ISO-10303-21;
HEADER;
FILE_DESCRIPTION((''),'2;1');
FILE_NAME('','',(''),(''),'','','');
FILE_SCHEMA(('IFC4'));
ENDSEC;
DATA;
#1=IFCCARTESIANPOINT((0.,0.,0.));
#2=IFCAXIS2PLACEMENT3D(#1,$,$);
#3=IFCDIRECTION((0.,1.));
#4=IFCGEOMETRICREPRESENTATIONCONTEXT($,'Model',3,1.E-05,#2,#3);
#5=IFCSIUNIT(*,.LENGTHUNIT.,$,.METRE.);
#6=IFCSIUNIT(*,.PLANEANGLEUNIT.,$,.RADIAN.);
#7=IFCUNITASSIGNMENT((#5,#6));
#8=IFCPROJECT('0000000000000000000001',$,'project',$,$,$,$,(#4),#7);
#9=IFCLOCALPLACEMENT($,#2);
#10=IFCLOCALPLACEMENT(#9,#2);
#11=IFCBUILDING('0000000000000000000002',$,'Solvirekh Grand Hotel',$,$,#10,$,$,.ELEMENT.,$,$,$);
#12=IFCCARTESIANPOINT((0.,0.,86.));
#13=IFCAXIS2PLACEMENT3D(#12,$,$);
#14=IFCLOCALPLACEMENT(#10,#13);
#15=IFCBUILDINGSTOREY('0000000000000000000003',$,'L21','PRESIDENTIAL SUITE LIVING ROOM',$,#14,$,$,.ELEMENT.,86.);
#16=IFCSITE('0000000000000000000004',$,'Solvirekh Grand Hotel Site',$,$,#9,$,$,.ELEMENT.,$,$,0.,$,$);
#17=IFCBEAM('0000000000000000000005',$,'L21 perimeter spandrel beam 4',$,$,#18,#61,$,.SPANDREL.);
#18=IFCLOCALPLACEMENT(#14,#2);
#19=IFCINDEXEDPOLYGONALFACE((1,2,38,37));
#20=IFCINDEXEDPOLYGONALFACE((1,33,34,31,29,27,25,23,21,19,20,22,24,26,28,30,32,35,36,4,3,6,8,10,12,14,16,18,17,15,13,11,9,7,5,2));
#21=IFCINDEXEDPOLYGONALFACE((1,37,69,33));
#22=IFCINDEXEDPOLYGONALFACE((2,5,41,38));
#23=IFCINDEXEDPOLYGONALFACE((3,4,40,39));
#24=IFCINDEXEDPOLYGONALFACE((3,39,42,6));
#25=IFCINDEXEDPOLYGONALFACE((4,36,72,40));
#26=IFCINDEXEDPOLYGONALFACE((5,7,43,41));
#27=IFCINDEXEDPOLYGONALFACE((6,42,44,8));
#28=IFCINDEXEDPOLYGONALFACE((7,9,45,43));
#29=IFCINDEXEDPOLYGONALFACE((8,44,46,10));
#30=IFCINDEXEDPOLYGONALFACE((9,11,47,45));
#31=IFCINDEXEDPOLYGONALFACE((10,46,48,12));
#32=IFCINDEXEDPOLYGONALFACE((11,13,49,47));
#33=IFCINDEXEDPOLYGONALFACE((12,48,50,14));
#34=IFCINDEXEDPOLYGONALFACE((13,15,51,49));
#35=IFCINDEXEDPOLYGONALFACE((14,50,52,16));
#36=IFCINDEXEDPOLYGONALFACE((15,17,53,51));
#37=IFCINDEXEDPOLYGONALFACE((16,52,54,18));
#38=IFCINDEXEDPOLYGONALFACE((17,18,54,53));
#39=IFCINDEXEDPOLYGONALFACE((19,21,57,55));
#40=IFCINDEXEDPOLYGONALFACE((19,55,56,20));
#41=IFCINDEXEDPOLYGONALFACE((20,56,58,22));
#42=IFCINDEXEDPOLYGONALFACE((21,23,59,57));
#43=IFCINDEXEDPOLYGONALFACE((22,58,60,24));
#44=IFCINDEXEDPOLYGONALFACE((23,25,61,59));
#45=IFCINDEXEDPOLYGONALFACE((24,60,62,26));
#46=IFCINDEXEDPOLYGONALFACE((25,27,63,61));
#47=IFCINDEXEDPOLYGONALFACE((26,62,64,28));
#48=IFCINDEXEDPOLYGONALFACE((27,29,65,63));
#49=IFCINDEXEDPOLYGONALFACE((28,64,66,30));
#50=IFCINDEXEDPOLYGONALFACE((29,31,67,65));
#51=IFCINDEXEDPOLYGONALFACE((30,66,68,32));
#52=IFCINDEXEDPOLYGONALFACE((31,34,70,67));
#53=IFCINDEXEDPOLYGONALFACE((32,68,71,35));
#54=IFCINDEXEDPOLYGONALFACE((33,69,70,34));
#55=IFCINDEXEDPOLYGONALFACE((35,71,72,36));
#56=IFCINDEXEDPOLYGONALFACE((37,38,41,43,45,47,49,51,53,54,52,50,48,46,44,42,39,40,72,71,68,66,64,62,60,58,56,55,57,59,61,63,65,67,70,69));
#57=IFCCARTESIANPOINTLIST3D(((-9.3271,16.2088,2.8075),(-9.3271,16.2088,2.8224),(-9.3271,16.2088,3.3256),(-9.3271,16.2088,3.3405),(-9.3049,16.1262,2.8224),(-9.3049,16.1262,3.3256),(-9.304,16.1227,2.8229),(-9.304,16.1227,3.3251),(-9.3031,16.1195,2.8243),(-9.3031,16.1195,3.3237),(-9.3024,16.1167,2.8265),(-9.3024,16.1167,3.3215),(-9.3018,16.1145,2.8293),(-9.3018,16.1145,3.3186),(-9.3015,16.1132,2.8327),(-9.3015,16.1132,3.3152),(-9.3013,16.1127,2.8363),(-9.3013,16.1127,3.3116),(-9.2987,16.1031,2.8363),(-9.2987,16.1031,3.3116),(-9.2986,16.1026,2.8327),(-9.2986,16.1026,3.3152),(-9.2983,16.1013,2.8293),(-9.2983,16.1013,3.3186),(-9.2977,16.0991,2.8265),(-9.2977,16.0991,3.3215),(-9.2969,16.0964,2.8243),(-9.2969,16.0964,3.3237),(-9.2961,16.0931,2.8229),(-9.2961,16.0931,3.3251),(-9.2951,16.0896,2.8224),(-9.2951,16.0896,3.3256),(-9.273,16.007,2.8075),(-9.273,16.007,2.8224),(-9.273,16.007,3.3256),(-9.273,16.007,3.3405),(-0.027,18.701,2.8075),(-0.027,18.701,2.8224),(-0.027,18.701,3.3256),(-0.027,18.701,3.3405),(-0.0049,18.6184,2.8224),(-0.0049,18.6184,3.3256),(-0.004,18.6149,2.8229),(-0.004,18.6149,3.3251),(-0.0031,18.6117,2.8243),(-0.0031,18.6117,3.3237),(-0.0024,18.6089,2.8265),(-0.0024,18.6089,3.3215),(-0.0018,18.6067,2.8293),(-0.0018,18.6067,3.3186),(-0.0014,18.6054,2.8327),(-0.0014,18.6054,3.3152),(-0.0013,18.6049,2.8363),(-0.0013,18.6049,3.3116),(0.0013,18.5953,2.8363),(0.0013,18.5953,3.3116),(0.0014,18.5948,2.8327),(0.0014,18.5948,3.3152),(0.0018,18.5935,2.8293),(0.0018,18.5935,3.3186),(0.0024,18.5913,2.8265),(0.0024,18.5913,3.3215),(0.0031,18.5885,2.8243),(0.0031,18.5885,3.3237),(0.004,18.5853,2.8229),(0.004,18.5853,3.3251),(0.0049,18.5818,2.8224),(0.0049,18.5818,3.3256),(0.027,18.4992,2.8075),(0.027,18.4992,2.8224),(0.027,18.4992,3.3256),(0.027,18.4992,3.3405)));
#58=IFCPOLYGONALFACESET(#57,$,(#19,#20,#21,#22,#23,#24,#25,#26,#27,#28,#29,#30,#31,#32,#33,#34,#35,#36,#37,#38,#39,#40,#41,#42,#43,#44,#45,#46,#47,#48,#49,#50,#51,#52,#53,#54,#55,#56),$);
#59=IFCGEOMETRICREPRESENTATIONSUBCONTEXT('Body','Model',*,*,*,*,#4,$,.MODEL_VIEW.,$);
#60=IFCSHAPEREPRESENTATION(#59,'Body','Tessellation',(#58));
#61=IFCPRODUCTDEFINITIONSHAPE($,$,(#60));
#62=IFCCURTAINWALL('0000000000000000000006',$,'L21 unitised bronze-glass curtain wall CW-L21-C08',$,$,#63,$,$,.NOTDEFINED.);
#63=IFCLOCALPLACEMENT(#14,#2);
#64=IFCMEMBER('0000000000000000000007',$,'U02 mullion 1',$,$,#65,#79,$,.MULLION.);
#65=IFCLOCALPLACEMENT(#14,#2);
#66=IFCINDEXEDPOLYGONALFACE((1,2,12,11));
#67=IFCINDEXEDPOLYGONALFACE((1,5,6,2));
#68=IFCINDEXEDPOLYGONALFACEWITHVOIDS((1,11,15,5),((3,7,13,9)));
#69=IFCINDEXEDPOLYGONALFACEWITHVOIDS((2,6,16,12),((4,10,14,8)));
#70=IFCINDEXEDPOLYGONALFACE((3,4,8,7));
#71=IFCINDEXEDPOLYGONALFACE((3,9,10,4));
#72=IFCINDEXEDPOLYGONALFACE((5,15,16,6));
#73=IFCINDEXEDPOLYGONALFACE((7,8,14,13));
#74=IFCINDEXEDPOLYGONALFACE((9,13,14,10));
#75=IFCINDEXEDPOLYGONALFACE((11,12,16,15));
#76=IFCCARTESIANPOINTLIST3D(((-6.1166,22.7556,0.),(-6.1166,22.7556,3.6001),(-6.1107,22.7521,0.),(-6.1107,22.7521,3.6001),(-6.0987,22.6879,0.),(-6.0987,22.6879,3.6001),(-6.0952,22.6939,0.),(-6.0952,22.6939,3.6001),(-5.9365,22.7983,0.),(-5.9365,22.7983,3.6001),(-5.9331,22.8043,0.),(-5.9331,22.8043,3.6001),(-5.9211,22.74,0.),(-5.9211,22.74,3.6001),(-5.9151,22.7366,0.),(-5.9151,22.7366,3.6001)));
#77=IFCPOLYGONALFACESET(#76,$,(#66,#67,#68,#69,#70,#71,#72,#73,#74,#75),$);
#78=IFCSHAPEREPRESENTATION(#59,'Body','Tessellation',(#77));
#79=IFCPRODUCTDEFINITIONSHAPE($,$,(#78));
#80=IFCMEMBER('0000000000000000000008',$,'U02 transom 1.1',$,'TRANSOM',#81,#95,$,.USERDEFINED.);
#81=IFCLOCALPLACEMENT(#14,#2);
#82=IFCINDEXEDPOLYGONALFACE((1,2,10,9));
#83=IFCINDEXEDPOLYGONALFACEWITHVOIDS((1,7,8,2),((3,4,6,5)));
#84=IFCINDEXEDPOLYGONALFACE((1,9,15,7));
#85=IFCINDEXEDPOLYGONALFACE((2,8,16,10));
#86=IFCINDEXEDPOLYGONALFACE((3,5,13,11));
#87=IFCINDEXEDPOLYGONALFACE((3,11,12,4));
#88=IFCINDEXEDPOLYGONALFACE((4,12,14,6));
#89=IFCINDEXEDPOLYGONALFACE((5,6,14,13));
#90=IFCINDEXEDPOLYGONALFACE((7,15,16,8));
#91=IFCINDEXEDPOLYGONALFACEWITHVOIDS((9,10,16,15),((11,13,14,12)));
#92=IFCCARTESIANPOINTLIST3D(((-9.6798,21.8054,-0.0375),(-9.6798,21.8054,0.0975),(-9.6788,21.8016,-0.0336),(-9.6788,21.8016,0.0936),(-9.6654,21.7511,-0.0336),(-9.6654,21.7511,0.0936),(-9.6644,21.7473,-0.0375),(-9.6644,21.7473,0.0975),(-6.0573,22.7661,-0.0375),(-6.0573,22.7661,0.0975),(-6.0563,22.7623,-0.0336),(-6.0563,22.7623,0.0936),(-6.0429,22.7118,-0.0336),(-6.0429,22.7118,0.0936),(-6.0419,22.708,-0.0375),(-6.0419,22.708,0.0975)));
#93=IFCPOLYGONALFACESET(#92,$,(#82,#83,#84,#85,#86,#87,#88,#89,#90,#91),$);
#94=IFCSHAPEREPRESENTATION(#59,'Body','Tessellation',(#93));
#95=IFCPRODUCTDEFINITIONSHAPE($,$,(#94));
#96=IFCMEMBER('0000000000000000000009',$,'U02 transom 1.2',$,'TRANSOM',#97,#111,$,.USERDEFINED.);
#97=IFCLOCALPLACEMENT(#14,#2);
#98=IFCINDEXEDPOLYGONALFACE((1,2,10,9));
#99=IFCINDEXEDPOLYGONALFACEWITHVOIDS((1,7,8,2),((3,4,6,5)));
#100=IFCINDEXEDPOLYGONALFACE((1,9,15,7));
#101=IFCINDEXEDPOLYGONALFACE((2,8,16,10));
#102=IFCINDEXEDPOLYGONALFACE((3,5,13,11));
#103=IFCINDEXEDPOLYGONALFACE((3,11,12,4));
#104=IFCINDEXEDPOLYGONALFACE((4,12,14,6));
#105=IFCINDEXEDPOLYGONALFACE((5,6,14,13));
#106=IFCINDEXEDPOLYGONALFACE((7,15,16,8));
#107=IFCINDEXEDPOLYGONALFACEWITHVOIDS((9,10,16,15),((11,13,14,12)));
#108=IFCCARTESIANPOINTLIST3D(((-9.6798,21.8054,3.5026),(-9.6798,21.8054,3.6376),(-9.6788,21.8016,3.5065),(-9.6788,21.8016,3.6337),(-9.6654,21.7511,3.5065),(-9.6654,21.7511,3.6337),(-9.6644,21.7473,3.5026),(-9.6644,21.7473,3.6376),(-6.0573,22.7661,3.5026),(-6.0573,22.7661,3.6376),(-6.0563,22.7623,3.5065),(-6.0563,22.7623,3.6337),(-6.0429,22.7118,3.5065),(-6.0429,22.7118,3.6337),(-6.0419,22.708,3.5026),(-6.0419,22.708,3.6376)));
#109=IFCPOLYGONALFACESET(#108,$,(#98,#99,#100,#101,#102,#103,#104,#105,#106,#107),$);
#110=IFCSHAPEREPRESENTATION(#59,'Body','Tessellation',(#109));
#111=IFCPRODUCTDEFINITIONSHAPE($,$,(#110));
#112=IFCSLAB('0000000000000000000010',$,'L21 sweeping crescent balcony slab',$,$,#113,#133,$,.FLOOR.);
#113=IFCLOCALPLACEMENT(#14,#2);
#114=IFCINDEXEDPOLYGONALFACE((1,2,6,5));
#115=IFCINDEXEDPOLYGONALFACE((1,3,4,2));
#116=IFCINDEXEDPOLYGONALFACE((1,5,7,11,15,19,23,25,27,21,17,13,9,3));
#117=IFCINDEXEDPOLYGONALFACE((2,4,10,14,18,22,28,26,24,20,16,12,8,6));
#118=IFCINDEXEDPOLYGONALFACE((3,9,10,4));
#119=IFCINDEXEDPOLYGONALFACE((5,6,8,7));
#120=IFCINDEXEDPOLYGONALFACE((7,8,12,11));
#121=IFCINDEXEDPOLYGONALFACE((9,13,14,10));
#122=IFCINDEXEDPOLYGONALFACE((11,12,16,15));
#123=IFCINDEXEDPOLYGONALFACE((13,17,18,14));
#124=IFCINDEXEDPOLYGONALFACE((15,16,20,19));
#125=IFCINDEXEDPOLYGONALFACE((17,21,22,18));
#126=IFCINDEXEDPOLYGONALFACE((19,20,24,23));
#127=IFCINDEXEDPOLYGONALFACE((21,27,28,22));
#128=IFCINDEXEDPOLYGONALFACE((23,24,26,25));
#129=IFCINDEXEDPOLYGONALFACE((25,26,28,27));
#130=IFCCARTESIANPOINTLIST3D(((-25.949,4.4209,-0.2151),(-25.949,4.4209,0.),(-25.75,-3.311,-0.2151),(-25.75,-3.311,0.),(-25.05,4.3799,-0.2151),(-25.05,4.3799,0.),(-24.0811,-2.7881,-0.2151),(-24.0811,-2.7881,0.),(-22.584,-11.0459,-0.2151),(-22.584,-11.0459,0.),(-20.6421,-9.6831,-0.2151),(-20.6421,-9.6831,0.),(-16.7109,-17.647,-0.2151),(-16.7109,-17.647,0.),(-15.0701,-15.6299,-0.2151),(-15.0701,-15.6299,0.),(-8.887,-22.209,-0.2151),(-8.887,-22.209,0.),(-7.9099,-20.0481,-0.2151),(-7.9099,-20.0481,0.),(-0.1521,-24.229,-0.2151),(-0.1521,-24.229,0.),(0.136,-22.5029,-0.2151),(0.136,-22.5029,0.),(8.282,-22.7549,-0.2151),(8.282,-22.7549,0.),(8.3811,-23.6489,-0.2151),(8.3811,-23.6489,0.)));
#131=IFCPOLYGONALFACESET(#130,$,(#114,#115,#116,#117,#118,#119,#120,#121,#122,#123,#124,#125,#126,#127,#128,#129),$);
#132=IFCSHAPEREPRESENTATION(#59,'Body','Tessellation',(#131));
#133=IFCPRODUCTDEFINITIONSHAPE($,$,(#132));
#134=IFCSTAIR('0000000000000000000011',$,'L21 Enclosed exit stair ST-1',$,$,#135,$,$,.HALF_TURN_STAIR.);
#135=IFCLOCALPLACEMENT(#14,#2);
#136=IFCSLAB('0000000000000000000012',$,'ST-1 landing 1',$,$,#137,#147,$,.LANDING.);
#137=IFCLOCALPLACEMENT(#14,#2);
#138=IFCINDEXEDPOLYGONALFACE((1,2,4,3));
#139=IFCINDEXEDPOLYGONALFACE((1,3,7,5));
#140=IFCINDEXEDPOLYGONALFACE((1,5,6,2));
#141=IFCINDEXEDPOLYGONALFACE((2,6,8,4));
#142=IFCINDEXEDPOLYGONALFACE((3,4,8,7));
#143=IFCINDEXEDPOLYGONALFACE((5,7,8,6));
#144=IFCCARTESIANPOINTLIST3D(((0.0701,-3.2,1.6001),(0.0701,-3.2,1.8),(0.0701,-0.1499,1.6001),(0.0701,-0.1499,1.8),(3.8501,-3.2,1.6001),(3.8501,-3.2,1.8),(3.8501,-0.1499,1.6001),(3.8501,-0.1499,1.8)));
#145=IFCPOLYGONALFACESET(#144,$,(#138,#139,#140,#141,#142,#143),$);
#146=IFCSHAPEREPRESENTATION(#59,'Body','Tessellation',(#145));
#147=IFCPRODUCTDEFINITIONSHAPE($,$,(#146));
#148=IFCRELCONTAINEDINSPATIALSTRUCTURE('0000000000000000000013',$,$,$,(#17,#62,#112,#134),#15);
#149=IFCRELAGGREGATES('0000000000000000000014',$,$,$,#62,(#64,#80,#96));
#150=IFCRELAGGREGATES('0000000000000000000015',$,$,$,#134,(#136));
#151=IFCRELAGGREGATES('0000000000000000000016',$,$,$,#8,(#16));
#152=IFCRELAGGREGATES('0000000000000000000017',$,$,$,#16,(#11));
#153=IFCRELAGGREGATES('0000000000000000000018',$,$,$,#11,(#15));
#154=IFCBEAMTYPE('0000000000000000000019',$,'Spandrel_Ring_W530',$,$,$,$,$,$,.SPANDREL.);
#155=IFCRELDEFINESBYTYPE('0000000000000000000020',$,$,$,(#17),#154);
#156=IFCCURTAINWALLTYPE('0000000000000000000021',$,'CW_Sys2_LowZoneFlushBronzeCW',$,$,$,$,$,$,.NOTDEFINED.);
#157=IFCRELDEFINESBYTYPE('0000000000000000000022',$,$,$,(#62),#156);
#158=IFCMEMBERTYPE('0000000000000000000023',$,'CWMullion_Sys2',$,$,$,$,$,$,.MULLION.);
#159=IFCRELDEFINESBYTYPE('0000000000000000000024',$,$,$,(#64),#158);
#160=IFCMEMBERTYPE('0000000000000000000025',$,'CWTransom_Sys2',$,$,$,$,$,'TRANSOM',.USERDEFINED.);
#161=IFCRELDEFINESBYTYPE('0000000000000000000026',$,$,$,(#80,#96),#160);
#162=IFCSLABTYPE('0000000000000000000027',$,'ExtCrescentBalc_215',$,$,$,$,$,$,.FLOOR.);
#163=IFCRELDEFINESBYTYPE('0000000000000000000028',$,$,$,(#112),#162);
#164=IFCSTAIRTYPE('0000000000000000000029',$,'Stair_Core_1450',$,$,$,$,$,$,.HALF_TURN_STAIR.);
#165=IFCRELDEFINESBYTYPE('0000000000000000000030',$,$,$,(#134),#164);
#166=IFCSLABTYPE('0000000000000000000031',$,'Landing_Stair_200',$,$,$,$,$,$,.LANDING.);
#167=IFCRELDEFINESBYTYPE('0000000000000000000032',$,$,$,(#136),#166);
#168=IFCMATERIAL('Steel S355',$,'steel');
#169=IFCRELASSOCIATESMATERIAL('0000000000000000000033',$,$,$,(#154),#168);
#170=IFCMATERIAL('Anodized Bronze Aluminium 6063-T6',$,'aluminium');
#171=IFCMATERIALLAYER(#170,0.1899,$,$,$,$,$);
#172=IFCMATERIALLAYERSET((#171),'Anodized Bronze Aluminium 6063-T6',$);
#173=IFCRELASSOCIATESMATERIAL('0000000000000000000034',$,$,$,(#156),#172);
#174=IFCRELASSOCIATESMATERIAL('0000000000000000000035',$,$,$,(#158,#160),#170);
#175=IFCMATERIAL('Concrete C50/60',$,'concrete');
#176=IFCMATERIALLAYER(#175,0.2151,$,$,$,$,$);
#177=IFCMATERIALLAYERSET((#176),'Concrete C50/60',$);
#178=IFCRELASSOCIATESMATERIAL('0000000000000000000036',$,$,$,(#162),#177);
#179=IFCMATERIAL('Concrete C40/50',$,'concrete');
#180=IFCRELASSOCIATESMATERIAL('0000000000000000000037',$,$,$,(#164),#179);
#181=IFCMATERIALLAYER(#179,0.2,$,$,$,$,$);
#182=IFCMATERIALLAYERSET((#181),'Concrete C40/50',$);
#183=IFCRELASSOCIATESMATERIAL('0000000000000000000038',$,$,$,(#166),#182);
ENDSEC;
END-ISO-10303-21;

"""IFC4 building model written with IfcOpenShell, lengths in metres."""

from ifc_helpers import new_model, si_unit, direction, frame, origin, origin_2d, place, context, subcontext, project, spatial, polyline, hollow_rectangle, i_section, outline, extrude, source, transform, mapped, material, layer, layer_set, material_profile, profile_set, type_object, element, aggregate, save


model = new_model("IFC4")

# Units and contexts
model_context = context("Model", 3, precision=1e-05, world=origin(), true_north=direction((0.0, 1.0)))
body_context = subcontext(model_context, "Body", "Model", "MODEL_VIEW")
ifc_project = project(units=[si_unit("LENGTHUNIT", "METRE"), si_unit("PLANEANGLEUNIT", "RADIAN")], contexts=[model_context])

# Site, building, storey
site_placement = place(None, origin())
site = spatial("IfcSite", under=ifc_project, at=site_placement, Name="Solvirekh Grand Hotel Site", CompositionType="ELEMENT", RefElevation=0.0)
building_placement = place(site_placement, origin())
building = spatial("IfcBuilding", under=site, at=building_placement, Name="Solvirekh Grand Hotel", CompositionType="ELEMENT")
storey_placement = place(building_placement, frame((0.0, 0.0, 86.0)))
storey = spatial("IfcBuildingStorey", under=building, at=storey_placement, Name="L21", Description="PRESIDENTIAL SUITE LIVING ROOM", CompositionType="ELEMENT", Elevation=86.0)

# Beam
ifc_material_1 = material(Name="Concrete C50/60", Category="concrete")
ifc_material_2 = material(Name="Steel S355", Category="steel")
ifc_material_profile_1 = material_profile(ifc_material_2, i_section(OverallWidth=0.209, OverallDepth=0.533, WebThickness=0.01, FlangeThickness=0.0149, FilletRadius=0.0139, at=origin_2d()), Name="W530X92")
ifc_profile_set_1 = profile_set([ifc_material_profile_1], Name="Steel S355")
beam_type_1 = type_object("IfcBeamType", Name="Spandrel_Ring_W530", PredefinedType="SPANDREL", material=ifc_profile_set_1)
beam_1_placement = place(storey_placement, frame((0.0, 18.6001, 3.074), z_axis=(-0.965919, -0.258843, 0.0), x_axis=(0.258843, -0.965919, 0.0)))
element("IfcBeam", 1, at=beam_1_placement, inside=storey, type_object=beam_type_1, Name="L21 perimeter spandrel beam 4", PredefinedType="SPANDREL", context=body_context, shape_type="SweptSolid", body=[
    extrude(i_section(OverallWidth=0.209, OverallDepth=0.533, WebThickness=0.01, FlangeThickness=0.0149, FilletRadius=0.0139, at=origin_2d()), origin(), (0.0, 0.0, 1.0), 9.6282),
])

# Curtain wall, members
ifc_material_3 = material(Name="Anodized Bronze Aluminium 6063-T6", Category="aluminium")
ifc_layer_1 = layer(ifc_material_3, 0.1899)
ifc_layer_set_1 = layer_set([ifc_layer_1], Name="Anodized Bronze Aluminium 6063-T6")
curtain_wall_type = type_object("IfcCurtainWallType", Name="CW_Sys2_LowZoneFlushBronzeCW", PredefinedType="NOTDEFINED", material=ifc_layer_set_1)
curtain_wall_placement = place(storey_placement, origin())
curtain_wall = element("IfcCurtainWall", 2, at=curtain_wall_placement, inside=storey, type_object=curtain_wall_type, Name="L21 unitised bronze-glass curtain wall CW-L21-C08", PredefinedType="NOTDEFINED")
ifc_material_profile_2 = material_profile(ifc_material_3, hollow_rectangle(XDim=0.0701, YDim=0.1899, WallThickness=0.0049, at=origin_2d()), Name="ALU RHS 190X70X5")
ifc_profile_set_2 = profile_set([ifc_material_profile_2], Name="Anodized Bronze Aluminium 6063-T6")
member_type_1 = type_object("IfcMemberType", Name="CWMullion_Sys2", PredefinedType="MULLION", material=ifc_profile_set_2)
shared_shape_1 = source(origin(), body_context, "Body", "SweptSolid", [
    extrude(hollow_rectangle(XDim=0.0701, YDim=0.1899, WallThickness=0.0049, at=origin_2d()), origin(), (0.0, 0.0, 1.0), 3.6001),
])
member_1_placement = place(storey_placement, frame((-6.0159, 22.7461, 0.0), z_axis=(0.0, 0.0, 1.0), x_axis=(0.256313, -0.966594, 0.0)))
member_1 = element("IfcMember", 3, at=member_1_placement, type_object=member_type_1, Name="U02 mullion 1", PredefinedType="MULLION", context=body_context, shape_type="MappedRepresentation", body=[
    mapped(shared_shape_1, transform((0.0, 0.0, 0.0), x_axis=(1.0, 0.0, 0.0), y_axis=(0.0, 1.0, 0.0), z_axis=(0.0, 0.0, 1.0), scale=1.0)),
])
ifc_material_profile_3 = material_profile(ifc_material_3, hollow_rectangle(XDim=0.0601, YDim=0.135, WallThickness=0.0039, at=origin_2d()), Name="ALU RHS 135X60X4")
ifc_profile_set_3 = profile_set([ifc_material_profile_3], Name="Anodized Bronze Aluminium 6063-T6")
member_type_2 = type_object("IfcMemberType", Name="CWTransom_Sys2", ElementType="TRANSOM", PredefinedType="USERDEFINED", material=ifc_profile_set_3)
shared_shape_2 = source(origin(), body_context, "Body", "SweptSolid", [
    extrude(hollow_rectangle(XDim=0.0601, YDim=0.135, WallThickness=0.0039, at=origin_2d()), origin(), (0.0, 0.0, 1.0), 3.7478),
])
member_2_placement = place(storey_placement, frame((-6.0496, 22.7371, 0.03), z_axis=(-0.966588, -0.256337, 0.0), x_axis=(0.256337, -0.966588, 0.0)))
member_2 = element("IfcMember", 4, at=member_2_placement, type_object=member_type_2, Name="U02 transom 1.1", ObjectType="TRANSOM", PredefinedType="USERDEFINED", context=body_context, shape_type="MappedRepresentation", body=[
    mapped(shared_shape_2, transform((0.0, 0.0, 0.0), x_axis=(1.0, 0.0, 0.0), y_axis=(0.0, 1.0, 0.0), z_axis=(0.0, 0.0, 1.0), scale=1.0)),
])
member_3_placement = place(storey_placement, frame((-6.0496, 22.7371, 3.5701), z_axis=(-0.966588, -0.256337, 0.0), x_axis=(0.256337, -0.966588, 0.0)))
member_3 = element("IfcMember", 5, at=member_3_placement, type_object=member_type_2, Name="U02 transom 1.2", ObjectType="TRANSOM", PredefinedType="USERDEFINED", context=body_context, shape_type="MappedRepresentation", body=[
    mapped(shared_shape_2, transform((0.0, 0.0, 0.0), x_axis=(1.0, 0.0, 0.0), y_axis=(0.0, 1.0, 0.0), z_axis=(0.0, 0.0, 1.0), scale=1.0)),
])
aggregate(curtain_wall, [member_1, member_2, member_3])

# Slab
ifc_layer_2 = layer(ifc_material_1, 0.2151)
ifc_layer_set_2 = layer_set([ifc_layer_2], Name="Concrete C50/60")
slab_type_1 = type_object("IfcSlabType", Name="ExtCrescentBalc_215", PredefinedType="FLOOR", material=ifc_layer_set_2)
slab_1_placement = place(storey_placement, frame((0.0, 0.0, -0.2151)))
element("IfcSlab", 6, at=slab_1_placement, inside=storey, type_object=slab_type_1, Name="L21 sweeping crescent balcony slab", PredefinedType="FLOOR", context=body_context, shape_type="SweptSolid", body=[
    extrude(outline(polyline([(-25.949, 4.4209), (-25.75, -3.311), (-22.584, -11.0459), (-16.7109, -17.647), (-8.887, -22.209), (-0.1521, -24.229), (8.3811, -23.6489), (8.282, -22.7549), (0.136, -22.5029), (-7.9099, -20.0481), (-15.0701, -15.6299), (-20.6421, -9.6831), (-24.0811, -2.7881), (-25.05, 4.3799), (-25.949, 4.4209)])), origin(), (0.0, 0.0, 1.0), 0.2151),
])

# Stair, slab
ifc_material_4 = material(Name="Concrete C40/50", Category="concrete")
stair_type = type_object("IfcStairType", Name="Stair_Core_1450", PredefinedType="HALF_TURN_STAIR", material=ifc_material_4)
stair_1_placement = place(storey_placement, origin())
stair_1 = element("IfcStair", 7, at=stair_1_placement, inside=storey, type_object=stair_type, Name="L21 Enclosed exit stair ST-1", PredefinedType="HALF_TURN_STAIR")
ifc_layer_3 = layer(ifc_material_4, 0.2)
ifc_layer_set_3 = layer_set([ifc_layer_3], Name="Concrete C40/50")
slab_type_2 = type_object("IfcSlabType", Name="Landing_Stair_200", PredefinedType="LANDING", material=ifc_layer_set_3)
slab_2_placement = place(storey_placement, frame((0.0, 0.0, 1.6001)))
slab_2 = element("IfcSlab", 8, at=slab_2_placement, type_object=slab_type_2, Name="ST-1 landing 1", PredefinedType="LANDING", context=body_context, shape_type="SweptSolid", body=[
    extrude(outline(polyline([(0.0701, -3.2), (3.8501, -3.2), (3.8501, -0.1499), (0.0701, -0.1499), (0.0701, -3.2)])), origin(), (0.0, 0.0, 1.0), 0.2),
])
aggregate(stair_1, [slab_2])

save(model, "model.ifc")
